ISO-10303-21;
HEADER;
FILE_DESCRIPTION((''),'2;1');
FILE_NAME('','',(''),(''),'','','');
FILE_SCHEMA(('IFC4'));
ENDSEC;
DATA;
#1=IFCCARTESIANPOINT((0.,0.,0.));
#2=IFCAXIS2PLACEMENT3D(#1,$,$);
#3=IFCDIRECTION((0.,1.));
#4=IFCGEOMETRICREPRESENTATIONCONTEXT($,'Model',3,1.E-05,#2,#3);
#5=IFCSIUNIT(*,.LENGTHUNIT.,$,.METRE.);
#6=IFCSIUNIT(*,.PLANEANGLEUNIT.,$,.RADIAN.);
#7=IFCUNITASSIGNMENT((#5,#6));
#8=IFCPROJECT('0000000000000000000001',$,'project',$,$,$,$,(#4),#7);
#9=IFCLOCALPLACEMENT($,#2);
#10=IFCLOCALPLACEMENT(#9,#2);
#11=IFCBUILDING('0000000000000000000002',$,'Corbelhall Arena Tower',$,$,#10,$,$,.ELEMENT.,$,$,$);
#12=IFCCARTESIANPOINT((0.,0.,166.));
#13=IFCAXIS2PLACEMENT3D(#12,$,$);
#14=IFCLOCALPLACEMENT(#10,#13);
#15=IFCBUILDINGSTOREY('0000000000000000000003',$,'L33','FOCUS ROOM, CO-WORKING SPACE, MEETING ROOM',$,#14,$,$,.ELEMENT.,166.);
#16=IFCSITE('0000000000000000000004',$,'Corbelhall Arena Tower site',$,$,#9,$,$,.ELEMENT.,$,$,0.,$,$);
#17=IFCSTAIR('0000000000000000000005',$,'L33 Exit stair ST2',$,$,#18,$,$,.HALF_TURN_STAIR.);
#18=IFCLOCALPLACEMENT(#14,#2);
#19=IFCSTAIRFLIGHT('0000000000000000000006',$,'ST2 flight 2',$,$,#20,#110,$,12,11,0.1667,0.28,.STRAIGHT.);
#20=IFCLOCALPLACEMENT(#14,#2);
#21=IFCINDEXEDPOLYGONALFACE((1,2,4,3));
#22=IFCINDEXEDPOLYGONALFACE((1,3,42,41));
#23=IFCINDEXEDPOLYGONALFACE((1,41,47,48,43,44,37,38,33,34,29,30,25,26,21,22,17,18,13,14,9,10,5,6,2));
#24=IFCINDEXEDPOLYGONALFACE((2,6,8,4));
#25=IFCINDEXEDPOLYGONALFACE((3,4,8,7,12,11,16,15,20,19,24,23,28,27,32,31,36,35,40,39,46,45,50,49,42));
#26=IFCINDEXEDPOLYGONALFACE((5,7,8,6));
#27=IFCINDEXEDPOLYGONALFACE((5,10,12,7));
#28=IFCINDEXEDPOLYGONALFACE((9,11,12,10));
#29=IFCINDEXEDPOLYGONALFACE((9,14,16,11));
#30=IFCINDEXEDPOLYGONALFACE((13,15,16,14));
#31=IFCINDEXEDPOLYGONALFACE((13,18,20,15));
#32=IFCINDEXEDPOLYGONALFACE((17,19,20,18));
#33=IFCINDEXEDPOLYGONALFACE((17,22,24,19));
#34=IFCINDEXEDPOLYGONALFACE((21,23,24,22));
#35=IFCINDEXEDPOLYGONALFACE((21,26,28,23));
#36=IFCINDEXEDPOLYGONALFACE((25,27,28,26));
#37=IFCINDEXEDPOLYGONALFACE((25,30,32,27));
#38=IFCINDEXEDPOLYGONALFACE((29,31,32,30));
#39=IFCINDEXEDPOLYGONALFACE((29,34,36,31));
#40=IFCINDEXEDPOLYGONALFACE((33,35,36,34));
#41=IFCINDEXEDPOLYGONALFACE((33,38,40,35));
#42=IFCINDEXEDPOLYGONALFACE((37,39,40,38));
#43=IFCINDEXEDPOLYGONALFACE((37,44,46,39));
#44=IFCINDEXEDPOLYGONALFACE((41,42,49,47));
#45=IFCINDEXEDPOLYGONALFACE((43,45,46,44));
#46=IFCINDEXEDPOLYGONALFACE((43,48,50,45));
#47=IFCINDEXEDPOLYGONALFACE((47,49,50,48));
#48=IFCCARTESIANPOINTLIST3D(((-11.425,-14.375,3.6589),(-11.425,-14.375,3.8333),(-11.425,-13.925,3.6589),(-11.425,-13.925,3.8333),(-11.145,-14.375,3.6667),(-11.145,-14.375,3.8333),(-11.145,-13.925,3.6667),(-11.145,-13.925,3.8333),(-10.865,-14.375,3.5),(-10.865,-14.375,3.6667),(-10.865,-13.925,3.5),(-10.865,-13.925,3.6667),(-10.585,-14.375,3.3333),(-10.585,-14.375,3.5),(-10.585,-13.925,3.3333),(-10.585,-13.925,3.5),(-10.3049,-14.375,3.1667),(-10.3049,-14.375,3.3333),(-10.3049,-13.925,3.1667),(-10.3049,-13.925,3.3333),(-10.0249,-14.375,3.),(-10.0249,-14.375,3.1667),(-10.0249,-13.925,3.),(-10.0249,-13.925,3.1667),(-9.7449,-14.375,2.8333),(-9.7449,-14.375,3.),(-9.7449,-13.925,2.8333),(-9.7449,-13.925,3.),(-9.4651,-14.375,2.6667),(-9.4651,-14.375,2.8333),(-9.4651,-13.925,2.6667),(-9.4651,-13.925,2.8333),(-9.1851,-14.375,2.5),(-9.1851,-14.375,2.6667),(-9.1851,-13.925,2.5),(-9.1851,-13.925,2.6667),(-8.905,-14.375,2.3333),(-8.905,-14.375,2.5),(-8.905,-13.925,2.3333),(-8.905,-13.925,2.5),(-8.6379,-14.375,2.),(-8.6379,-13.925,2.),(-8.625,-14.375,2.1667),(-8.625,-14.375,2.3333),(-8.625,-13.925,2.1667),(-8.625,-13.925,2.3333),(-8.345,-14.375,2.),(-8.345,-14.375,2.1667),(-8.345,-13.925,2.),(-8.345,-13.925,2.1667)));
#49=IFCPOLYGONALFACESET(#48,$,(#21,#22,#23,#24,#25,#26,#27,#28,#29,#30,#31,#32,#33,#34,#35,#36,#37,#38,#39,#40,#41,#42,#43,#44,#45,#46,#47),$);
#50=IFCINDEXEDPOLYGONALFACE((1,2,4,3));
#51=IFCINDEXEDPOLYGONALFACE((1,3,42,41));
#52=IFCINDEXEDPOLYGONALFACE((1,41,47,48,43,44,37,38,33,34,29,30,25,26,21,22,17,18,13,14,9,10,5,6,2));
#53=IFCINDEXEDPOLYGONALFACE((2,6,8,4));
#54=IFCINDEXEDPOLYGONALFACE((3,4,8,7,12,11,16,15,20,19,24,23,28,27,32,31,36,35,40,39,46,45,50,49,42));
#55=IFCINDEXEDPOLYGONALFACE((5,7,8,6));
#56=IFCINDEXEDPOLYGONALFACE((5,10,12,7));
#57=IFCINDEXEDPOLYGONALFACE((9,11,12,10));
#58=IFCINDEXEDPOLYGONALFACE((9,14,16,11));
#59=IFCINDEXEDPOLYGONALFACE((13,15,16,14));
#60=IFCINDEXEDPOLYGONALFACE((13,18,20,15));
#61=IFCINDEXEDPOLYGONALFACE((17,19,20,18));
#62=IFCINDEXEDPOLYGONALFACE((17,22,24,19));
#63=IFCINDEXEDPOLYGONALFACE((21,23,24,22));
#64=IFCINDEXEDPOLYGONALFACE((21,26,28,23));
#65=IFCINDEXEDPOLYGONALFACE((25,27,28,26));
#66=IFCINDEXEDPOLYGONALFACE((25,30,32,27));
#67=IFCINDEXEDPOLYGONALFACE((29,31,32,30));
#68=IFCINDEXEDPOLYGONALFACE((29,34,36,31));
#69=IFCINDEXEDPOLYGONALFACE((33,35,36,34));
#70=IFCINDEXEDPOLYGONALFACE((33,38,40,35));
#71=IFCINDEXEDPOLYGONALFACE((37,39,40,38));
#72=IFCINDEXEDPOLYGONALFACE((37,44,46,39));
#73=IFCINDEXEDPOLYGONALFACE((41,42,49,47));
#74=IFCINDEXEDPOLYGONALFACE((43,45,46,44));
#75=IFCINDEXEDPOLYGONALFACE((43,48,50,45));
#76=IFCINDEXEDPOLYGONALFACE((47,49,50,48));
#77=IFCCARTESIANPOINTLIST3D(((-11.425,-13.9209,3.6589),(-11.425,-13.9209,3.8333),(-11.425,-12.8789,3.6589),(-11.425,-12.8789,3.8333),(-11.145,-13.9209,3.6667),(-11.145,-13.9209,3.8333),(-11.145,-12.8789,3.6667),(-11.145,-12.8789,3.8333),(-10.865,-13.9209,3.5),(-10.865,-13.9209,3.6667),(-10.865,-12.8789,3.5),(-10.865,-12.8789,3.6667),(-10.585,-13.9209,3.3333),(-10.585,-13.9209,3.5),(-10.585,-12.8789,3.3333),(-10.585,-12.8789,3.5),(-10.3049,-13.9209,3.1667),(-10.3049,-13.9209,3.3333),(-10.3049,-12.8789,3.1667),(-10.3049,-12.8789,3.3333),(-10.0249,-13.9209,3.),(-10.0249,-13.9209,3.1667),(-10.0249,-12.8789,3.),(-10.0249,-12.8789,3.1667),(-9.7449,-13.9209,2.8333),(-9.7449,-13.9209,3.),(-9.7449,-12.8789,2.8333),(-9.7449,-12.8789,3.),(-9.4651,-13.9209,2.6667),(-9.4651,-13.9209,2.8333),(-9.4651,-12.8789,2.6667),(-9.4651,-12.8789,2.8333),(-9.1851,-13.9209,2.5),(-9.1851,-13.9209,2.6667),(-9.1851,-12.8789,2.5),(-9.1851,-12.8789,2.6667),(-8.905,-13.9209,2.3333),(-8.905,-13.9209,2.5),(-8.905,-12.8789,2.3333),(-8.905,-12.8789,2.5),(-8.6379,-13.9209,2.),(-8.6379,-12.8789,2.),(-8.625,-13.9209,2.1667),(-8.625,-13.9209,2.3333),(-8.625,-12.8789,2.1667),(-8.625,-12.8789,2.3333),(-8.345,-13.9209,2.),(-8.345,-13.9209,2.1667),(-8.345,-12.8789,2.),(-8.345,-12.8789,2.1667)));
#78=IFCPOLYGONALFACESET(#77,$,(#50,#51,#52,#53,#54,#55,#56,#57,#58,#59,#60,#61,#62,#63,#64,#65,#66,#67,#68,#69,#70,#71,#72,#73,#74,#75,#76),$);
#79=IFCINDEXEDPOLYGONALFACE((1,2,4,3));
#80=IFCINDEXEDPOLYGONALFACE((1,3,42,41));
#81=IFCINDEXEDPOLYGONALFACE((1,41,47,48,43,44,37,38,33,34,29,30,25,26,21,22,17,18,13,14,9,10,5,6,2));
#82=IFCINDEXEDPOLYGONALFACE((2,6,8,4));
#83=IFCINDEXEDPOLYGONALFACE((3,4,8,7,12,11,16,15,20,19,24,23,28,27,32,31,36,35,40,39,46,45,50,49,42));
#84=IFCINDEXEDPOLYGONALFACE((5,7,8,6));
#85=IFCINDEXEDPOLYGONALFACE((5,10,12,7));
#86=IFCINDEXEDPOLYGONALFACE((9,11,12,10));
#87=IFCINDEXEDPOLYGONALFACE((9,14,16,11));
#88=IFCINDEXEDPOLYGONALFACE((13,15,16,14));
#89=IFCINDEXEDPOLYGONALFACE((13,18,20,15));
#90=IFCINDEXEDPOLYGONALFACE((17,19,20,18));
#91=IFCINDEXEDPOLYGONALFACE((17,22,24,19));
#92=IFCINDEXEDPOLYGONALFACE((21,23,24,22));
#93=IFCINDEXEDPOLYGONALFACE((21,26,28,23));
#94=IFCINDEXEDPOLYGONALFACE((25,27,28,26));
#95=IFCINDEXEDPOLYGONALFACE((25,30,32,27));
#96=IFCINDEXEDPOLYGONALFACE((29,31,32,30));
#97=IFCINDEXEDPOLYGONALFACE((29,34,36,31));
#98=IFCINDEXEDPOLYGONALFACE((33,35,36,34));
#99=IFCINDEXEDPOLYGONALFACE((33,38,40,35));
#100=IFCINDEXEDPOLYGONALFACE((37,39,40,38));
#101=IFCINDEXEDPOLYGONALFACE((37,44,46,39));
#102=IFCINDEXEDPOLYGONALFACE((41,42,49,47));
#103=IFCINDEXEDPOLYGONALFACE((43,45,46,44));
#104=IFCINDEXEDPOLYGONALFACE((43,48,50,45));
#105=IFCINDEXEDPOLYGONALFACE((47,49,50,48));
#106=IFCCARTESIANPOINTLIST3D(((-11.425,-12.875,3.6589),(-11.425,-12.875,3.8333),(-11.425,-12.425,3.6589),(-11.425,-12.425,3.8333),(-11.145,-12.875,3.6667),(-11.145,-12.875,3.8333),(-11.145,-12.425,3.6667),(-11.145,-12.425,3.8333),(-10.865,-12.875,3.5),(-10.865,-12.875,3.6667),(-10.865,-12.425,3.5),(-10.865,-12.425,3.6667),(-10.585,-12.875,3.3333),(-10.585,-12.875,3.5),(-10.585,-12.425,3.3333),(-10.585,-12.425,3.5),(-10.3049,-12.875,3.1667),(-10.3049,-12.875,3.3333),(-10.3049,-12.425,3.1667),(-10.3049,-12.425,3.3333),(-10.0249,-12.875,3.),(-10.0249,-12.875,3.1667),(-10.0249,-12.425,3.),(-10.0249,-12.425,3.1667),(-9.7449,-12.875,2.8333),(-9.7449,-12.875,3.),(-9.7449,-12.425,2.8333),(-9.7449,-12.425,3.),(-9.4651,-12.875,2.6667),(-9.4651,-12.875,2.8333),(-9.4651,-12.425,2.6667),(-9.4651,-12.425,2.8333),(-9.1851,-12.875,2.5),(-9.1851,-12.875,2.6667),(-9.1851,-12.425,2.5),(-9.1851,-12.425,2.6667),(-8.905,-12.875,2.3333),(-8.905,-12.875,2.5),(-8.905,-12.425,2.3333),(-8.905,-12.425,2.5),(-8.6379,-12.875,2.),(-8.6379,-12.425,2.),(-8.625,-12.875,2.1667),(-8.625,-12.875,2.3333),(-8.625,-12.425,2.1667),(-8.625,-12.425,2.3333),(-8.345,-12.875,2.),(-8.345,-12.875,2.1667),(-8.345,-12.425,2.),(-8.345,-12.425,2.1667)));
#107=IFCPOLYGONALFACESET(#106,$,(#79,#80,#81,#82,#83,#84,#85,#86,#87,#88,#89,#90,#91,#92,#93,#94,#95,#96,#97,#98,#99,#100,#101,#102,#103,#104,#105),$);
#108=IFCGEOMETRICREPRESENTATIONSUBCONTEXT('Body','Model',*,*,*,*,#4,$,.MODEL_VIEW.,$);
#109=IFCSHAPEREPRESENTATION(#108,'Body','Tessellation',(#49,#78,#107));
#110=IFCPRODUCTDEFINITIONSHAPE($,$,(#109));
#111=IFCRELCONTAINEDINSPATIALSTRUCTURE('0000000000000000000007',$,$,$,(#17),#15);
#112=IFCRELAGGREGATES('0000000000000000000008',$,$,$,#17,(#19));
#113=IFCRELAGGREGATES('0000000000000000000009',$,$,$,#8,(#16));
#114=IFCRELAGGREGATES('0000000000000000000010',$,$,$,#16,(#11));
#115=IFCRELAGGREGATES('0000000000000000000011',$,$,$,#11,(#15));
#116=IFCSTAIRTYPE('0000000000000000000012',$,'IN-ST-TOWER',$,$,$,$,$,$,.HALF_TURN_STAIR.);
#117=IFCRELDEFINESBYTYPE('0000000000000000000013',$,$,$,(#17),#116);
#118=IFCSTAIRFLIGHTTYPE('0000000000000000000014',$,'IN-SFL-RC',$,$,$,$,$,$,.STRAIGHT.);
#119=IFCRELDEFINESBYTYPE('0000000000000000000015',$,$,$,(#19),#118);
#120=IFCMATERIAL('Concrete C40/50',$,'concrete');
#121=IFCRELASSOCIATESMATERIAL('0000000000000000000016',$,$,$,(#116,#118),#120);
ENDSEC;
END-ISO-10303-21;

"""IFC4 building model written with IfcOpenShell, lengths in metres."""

from ifc_helpers import new_model, si_unit, direction, frame, origin, place, context, subcontext, project, spatial, polyline, outline, extrude, material, type_object, element, aggregate, save


model = new_model("IFC4")

# Units and contexts
model_context = context("Model", 3, precision=1e-05, world=origin(), true_north=direction((0.0, 1.0)))
body_context = subcontext(model_context, "Body", "Model", "MODEL_VIEW")
ifc_project = project(units=[si_unit("LENGTHUNIT", "METRE"), si_unit("PLANEANGLEUNIT", "RADIAN")], contexts=[model_context])

# Site, building, storey
site_placement = place(None, origin())
site = spatial("IfcSite", under=ifc_project, at=site_placement, Name="Corbelhall Arena Tower site", CompositionType="ELEMENT", RefElevation=0.0)
building_placement = place(site_placement, origin())
building = spatial("IfcBuilding", under=site, at=building_placement, Name="Corbelhall Arena Tower", CompositionType="ELEMENT")
storey_placement = place(building_placement, frame((0.0, 0.0, 166.0)))
storey = spatial("IfcBuildingStorey", under=building, at=storey_placement, Name="L33", Description="FOCUS ROOM, CO-WORKING SPACE, MEETING ROOM", CompositionType="ELEMENT", Elevation=166.0)

# Shared definitions
ifc_material_1 = material(Name="Concrete C40/50", Category="concrete")

# Stair, stair flight
stair_type = type_object("IfcStairType", Name="IN-ST-TOWER", PredefinedType="HALF_TURN_STAIR", material=ifc_material_1)
stair_placement = place(storey_placement, origin())
stair = element("IfcStair", 1, at=stair_placement, inside=storey, type_object=stair_type, Name="L33 Exit stair ST2", PredefinedType="HALF_TURN_STAIR")
stair_flight_type = type_object("IfcStairFlightType", Name="IN-SFL-RC", PredefinedType="STRAIGHT", material=ifc_material_1)
stair_flight_placement = place(storey_placement, frame((-8.345, -13.3999, 2.0), z_axis=(0.0, 0.0, 1.0), x_axis=(-1.0, 0.0, 0.0)))
stair_flight = element("IfcStairFlight", 2, at=stair_flight_placement, type_object=stair_flight_type, Name="ST2 flight 2", NumberOfRisers=12, NumberOfTreads=11, PredefinedType="STRAIGHT", RiserHeight=0.1667, TreadLength=0.28, context=body_context, shape_type="SweptSolid", body=[
    extrude(outline(polyline([(0.0, 0.0), (0.0, 0.1667), (0.28, 0.1667), (0.28, 0.3333), (0.5601, 0.3333), (0.5601, 0.5), (0.8401, 0.5), (0.8401, 0.6667), (1.1201, 0.6667), (1.1201, 0.8333), (1.3999, 0.8333), (1.3999, 1.0), (1.6799, 1.0), (1.6799, 1.1667), (1.96, 1.1667), (1.96, 1.3333), (2.24, 1.3333), (2.24, 1.5), (2.52, 1.5), (2.52, 1.6667), (2.8, 1.6667), (2.8, 1.8333), (3.0801, 1.8333), (3.0801, 2.0), (3.0801, 1.6589), (0.293, 0.0), (0.0, 0.0)])), frame((0.0, 0.9751, 0.0), z_axis=(0.0, -1.0, 0.0), x_axis=(1.0, 0.0, 0.0)), (0.0, 0.0, 1.0), 0.45),
    extrude(outline(polyline([(0.0, 0.0), (0.0, 0.1667), (0.28, 0.1667), (0.28, 0.3333), (0.5601, 0.3333), (0.5601, 0.5), (0.8401, 0.5), (0.8401, 0.6667), (1.1201, 0.6667), (1.1201, 0.8333), (1.3999, 0.8333), (1.3999, 1.0), (1.6799, 1.0), (1.6799, 1.1667), (1.96, 1.1667), (1.96, 1.3333), (2.24, 1.3333), (2.24, 1.5), (2.52, 1.5), (2.52, 1.6667), (2.8, 1.6667), (2.8, 1.8333), (3.0801, 1.8333), (3.0801, 2.0), (3.0801, 1.6589), (0.293, 0.0), (0.0, 0.0)])), frame((0.0, 0.521, 0.0), z_axis=(0.0, -1.0, 0.0), x_axis=(1.0, 0.0, 0.0)), (0.0, 0.0, 1.0), 1.042),
    extrude(outline(polyline([(0.0, 0.0), (0.0, 0.1667), (0.28, 0.1667), (0.28, 0.3333), (0.5601, 0.3333), (0.5601, 0.5), (0.8401, 0.5), (0.8401, 0.6667), (1.1201, 0.6667), (1.1201, 0.8333), (1.3999, 0.8333), (1.3999, 1.0), (1.6799, 1.0), (1.6799, 1.1667), (1.96, 1.1667), (1.96, 1.3333), (2.24, 1.3333), (2.24, 1.5), (2.52, 1.5), (2.52, 1.6667), (2.8, 1.6667), (2.8, 1.8333), (3.0801, 1.8333), (3.0801, 2.0), (3.0801, 1.6589), (0.293, 0.0), (0.0, 0.0)])), frame((0.0, -0.5249, 0.0), z_axis=(0.0, -1.0, 0.0), x_axis=(1.0, 0.0, 0.0)), (0.0, 0.0, 1.0), 0.45),
])
aggregate(stair, [stair_flight])

save(model, "model.ifc")
